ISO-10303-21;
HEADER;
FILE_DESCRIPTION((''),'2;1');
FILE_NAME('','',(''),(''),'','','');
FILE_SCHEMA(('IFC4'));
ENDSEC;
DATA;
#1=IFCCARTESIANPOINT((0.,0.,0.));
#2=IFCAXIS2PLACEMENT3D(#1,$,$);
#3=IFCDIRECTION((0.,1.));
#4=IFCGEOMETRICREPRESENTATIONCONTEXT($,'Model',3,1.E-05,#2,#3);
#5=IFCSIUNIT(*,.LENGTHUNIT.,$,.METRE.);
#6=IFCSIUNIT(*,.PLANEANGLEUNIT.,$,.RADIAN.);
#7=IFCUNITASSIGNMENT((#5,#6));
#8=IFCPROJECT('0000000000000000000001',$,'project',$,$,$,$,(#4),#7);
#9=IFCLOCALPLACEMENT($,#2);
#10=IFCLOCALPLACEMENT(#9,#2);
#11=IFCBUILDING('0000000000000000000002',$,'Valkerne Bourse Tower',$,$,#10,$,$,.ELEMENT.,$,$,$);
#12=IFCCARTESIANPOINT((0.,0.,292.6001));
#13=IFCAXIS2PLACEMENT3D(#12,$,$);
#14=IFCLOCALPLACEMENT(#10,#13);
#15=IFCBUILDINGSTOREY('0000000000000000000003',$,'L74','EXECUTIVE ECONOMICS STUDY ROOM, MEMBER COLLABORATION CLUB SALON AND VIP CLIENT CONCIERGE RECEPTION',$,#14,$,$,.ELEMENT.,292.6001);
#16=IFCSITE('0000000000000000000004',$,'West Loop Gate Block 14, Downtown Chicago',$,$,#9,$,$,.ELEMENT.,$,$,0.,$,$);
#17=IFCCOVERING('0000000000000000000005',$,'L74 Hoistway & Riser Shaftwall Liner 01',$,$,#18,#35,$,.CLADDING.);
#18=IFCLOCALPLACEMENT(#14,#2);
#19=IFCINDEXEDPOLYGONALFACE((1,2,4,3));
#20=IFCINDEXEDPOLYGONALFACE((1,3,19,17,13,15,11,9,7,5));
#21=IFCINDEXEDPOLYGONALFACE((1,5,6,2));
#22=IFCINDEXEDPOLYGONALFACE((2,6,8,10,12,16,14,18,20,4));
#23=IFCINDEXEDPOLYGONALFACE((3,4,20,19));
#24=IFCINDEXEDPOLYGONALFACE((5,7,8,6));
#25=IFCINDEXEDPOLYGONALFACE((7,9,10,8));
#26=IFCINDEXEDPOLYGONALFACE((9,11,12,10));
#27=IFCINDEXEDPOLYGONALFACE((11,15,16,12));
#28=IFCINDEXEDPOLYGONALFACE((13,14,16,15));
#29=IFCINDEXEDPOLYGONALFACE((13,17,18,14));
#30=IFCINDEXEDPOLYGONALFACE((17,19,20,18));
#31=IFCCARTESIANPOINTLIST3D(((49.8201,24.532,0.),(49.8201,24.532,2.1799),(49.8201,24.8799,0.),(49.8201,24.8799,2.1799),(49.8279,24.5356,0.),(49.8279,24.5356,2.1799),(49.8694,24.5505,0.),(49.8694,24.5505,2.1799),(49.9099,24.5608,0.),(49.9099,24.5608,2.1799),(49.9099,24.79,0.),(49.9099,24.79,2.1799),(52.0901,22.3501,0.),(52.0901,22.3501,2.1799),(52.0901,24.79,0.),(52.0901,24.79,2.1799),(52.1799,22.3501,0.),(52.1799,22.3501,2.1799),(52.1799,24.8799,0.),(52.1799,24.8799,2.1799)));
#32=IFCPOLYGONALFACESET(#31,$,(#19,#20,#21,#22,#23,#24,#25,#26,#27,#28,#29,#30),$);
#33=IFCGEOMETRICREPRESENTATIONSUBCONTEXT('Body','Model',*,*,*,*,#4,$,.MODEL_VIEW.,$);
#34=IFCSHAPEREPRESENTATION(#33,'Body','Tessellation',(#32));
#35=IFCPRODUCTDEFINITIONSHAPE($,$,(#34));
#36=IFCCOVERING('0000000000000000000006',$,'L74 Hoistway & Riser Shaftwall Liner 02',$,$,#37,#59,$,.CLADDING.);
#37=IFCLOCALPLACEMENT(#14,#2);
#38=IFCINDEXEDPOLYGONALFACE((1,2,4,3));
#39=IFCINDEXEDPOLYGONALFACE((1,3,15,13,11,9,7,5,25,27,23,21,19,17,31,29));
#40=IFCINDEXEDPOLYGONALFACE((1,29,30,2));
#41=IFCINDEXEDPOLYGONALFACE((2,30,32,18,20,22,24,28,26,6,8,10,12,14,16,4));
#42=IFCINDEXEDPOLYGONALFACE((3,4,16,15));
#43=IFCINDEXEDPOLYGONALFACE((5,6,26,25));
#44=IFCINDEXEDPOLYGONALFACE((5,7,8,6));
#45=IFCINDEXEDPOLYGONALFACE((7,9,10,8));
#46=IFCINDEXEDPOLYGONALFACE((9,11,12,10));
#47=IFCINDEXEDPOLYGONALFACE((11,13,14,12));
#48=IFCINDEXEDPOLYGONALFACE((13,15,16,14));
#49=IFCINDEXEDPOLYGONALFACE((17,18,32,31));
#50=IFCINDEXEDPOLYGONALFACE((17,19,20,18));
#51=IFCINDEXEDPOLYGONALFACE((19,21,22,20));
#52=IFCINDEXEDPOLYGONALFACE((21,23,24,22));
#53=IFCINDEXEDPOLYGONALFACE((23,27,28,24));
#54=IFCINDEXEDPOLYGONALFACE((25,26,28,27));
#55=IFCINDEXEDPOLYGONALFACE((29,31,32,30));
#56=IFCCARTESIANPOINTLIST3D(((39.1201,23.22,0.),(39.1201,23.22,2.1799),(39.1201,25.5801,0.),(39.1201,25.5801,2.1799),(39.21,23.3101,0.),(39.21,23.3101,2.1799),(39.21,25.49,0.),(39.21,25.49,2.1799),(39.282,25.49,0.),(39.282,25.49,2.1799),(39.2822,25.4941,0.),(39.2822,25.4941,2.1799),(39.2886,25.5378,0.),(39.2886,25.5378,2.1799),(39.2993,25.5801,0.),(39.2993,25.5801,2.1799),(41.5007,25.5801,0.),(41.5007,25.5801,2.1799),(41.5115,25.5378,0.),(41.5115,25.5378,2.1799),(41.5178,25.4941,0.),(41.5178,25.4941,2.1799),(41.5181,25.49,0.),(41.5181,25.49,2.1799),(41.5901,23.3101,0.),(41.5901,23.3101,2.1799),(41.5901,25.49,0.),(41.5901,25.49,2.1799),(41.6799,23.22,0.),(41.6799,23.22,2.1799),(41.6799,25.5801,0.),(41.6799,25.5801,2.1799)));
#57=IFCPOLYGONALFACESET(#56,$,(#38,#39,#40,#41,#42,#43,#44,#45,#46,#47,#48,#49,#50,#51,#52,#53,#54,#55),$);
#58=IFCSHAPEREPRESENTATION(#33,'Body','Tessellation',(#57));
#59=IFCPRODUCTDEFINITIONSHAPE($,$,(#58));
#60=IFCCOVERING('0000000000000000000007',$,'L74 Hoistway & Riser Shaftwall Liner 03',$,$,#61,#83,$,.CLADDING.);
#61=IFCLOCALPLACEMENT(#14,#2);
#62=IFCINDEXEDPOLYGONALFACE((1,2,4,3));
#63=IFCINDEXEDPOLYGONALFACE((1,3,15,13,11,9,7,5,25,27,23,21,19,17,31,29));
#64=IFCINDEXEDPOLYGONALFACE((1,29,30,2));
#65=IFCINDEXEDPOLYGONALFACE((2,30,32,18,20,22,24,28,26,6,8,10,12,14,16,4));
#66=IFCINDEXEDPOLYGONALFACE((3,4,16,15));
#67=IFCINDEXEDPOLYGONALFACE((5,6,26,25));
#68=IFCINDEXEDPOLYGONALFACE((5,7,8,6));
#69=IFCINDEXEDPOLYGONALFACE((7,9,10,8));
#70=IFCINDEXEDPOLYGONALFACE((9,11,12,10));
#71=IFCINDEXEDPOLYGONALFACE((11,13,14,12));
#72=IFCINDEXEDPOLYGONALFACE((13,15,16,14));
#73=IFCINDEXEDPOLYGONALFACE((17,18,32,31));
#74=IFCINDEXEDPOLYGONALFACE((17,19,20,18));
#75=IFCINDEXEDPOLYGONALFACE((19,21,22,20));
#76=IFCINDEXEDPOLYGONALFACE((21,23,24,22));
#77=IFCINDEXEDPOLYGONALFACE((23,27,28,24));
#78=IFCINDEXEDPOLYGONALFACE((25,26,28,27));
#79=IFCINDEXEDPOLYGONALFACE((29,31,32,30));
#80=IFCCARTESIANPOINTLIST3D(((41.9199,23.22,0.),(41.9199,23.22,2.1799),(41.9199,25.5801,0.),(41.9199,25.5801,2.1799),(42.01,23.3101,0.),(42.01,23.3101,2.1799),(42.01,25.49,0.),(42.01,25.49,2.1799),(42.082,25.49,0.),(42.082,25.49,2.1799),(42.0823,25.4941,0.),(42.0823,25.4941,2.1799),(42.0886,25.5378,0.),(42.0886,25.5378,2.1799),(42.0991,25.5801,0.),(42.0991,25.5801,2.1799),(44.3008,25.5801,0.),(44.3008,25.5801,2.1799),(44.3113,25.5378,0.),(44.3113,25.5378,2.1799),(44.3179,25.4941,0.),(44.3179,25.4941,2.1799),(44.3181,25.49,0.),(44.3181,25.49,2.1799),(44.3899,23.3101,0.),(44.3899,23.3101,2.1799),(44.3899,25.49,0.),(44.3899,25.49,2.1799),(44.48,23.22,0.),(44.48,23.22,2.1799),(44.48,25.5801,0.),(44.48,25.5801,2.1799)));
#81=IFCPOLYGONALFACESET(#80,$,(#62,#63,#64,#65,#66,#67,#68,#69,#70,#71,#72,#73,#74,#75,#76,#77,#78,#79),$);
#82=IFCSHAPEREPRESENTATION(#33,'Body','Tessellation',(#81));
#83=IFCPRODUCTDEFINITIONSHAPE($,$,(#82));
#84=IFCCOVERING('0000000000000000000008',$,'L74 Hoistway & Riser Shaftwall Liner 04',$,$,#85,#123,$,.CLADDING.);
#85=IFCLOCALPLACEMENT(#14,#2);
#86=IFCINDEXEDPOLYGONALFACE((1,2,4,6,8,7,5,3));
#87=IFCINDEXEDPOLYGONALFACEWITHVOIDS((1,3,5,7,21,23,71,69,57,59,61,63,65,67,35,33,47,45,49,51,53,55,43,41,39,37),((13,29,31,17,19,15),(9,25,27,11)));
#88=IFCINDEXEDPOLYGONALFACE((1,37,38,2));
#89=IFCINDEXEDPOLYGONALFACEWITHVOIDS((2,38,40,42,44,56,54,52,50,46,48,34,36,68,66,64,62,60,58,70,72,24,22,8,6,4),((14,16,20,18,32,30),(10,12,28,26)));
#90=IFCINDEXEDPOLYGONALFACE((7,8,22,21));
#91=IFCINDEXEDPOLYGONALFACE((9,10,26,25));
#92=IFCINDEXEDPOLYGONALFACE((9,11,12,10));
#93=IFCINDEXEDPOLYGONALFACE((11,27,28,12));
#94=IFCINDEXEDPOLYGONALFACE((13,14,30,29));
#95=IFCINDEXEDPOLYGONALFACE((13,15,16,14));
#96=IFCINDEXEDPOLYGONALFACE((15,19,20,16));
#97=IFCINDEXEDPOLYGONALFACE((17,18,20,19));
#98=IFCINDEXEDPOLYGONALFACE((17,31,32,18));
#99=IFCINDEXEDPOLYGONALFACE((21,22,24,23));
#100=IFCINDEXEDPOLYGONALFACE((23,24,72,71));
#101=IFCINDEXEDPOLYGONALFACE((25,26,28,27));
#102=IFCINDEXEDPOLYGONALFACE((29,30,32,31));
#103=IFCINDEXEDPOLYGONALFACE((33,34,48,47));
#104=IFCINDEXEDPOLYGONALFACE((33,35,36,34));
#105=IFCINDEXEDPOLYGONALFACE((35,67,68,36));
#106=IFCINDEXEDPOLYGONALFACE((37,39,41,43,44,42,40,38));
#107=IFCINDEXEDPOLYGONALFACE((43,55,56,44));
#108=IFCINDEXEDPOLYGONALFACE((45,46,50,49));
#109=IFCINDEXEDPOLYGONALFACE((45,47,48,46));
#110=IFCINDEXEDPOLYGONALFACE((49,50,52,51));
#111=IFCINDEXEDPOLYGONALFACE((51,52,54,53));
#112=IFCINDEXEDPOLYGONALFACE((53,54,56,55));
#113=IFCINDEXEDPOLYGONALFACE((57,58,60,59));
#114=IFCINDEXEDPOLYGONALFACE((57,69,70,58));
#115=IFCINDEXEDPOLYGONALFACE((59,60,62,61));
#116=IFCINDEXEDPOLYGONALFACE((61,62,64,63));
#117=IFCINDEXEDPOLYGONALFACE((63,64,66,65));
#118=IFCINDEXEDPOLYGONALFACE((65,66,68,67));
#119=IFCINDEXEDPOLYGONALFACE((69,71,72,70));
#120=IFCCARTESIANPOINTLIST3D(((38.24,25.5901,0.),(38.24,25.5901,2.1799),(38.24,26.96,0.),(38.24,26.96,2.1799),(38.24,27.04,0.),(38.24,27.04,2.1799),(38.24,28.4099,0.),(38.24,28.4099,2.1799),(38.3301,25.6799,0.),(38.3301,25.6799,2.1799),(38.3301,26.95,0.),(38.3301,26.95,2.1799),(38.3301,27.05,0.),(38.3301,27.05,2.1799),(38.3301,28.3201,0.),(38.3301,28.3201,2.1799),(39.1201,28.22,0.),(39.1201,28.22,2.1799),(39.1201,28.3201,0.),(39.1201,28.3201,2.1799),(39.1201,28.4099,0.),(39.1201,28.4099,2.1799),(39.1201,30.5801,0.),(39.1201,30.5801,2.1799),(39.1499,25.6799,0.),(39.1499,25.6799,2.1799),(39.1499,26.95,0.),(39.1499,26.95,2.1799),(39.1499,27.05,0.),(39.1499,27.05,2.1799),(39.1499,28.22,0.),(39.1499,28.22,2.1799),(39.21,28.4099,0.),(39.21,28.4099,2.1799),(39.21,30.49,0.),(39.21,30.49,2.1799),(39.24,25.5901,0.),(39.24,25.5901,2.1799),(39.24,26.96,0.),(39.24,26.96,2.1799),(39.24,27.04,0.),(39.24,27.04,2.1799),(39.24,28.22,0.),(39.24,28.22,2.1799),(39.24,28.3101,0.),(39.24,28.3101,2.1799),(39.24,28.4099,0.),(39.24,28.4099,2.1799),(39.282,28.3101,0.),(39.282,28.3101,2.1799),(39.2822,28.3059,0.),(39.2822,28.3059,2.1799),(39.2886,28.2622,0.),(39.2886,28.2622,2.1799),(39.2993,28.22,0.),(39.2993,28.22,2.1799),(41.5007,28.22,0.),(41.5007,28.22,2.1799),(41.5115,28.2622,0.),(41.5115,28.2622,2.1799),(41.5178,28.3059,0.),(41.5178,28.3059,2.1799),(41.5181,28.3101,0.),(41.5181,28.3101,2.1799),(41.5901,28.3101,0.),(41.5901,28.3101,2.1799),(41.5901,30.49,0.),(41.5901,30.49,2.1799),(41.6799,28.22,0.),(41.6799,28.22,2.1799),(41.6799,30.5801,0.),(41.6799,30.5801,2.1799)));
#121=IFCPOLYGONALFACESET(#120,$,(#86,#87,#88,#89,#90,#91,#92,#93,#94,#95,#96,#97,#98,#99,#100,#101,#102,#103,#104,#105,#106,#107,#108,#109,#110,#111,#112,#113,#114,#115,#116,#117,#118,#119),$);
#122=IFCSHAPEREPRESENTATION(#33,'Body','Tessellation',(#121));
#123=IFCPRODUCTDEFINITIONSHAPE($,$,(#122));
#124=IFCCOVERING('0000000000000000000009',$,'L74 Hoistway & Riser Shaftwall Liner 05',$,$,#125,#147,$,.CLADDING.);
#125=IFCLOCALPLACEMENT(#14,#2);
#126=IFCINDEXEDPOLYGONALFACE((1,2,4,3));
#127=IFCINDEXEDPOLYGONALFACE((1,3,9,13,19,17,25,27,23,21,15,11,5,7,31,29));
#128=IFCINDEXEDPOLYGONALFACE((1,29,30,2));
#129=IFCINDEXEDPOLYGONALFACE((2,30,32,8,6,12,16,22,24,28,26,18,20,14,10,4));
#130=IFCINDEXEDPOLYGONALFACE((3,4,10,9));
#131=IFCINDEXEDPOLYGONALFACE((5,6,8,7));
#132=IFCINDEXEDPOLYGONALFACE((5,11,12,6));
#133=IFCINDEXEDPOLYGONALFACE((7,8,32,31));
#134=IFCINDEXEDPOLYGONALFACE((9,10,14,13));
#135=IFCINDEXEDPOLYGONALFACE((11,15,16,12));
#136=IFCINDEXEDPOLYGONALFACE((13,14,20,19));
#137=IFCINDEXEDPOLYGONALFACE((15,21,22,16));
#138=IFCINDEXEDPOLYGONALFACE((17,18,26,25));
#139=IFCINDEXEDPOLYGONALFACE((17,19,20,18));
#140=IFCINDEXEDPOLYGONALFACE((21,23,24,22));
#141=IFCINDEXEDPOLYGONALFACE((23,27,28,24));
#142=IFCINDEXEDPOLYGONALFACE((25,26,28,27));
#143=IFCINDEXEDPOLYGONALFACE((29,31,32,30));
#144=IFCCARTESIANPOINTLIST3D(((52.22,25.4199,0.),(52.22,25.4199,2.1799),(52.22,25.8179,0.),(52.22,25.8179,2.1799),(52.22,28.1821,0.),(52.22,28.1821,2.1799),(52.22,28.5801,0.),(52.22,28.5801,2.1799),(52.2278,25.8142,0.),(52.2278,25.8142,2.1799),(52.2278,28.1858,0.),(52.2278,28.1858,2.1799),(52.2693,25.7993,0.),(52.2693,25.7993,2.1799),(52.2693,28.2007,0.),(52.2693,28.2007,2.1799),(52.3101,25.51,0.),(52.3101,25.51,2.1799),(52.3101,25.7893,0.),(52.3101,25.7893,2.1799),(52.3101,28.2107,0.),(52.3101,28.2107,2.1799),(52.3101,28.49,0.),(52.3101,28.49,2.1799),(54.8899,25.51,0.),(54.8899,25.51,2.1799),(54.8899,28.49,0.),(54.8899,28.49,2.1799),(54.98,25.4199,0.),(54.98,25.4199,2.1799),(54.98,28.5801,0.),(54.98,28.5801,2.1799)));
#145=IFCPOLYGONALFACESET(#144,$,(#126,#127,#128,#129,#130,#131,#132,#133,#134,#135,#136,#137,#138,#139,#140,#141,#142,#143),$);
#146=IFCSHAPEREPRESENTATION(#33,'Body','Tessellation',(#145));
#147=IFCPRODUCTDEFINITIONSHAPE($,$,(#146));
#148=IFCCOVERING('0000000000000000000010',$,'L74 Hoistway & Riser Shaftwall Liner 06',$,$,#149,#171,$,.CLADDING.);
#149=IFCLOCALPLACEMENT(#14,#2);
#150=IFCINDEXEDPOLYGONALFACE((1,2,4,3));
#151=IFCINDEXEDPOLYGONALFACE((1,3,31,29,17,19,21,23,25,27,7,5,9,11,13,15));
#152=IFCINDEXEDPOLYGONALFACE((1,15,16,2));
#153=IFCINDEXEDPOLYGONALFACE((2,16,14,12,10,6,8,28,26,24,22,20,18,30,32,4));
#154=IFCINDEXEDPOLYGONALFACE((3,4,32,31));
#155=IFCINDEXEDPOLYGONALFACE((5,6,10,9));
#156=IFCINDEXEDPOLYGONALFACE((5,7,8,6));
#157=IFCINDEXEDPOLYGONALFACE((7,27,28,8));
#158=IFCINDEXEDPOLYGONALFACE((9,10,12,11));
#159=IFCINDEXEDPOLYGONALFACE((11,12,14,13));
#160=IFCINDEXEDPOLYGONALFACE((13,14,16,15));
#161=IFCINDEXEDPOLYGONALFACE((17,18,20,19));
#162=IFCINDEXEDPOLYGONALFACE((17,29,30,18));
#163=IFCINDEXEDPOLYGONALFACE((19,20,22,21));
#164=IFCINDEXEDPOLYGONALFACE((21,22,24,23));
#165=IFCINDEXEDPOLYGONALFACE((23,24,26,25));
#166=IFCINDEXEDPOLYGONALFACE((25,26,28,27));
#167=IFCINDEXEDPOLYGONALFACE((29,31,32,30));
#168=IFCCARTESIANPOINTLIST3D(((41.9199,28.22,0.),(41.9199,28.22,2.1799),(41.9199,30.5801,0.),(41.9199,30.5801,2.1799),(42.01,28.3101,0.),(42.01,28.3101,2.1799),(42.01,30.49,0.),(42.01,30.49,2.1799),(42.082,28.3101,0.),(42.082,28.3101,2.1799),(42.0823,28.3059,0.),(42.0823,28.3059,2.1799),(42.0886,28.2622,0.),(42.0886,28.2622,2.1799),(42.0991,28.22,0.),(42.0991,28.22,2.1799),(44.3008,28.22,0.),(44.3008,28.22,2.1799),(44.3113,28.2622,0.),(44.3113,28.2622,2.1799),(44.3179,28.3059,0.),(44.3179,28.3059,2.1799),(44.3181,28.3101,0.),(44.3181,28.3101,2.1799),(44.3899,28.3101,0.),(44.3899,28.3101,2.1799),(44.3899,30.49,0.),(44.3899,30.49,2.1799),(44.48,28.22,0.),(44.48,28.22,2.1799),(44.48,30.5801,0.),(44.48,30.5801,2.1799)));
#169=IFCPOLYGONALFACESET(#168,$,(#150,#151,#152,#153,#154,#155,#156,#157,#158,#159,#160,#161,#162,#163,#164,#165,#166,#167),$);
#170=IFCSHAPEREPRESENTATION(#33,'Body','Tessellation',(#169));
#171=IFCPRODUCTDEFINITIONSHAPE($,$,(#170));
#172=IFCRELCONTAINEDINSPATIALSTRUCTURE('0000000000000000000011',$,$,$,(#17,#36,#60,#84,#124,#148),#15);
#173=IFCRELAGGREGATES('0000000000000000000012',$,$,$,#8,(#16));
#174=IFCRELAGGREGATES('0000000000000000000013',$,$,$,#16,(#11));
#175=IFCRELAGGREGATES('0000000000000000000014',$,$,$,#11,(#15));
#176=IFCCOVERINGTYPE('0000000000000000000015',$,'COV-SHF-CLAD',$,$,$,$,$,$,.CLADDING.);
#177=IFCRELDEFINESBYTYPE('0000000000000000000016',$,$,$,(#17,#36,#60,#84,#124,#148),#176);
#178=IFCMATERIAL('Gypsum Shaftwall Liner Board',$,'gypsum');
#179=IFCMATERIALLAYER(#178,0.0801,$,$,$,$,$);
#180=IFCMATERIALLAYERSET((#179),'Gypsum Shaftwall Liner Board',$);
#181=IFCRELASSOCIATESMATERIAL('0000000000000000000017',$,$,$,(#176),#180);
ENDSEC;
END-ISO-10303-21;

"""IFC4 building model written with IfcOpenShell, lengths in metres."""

from ifc_helpers import new_model, si_unit, direction, frame, origin, place, context, subcontext, project, spatial, polyline, outline, extrude, material, layer, layer_set, type_object, element, save


model = new_model("IFC4")

# Units and contexts
model_context = context("Model", 3, precision=1e-05, world=origin(), true_north=direction((0.0, 1.0)))
body_context = subcontext(model_context, "Body", "Model", "MODEL_VIEW")
ifc_project = project(units=[si_unit("LENGTHUNIT", "METRE"), si_unit("PLANEANGLEUNIT", "RADIAN")], contexts=[model_context])

# Site, building, storey
site_placement = place(None, origin())
site = spatial("IfcSite", under=ifc_project, at=site_placement, Name="West Loop Gate Block 14, Downtown Chicago", CompositionType="ELEMENT", RefElevation=0.0)
building_placement = place(site_placement, origin())
building = spatial("IfcBuilding", under=site, at=building_placement, Name="Valkerne Bourse Tower", CompositionType="ELEMENT")
storey_placement = place(building_placement, frame((0.0, 0.0, 292.6001)))
storey = spatial("IfcBuildingStorey", under=building, at=storey_placement, Name="L74", Description="EXECUTIVE ECONOMICS STUDY ROOM, MEMBER COLLABORATION CLUB SALON AND VIP CLIENT CONCIERGE RECEPTION", CompositionType="ELEMENT", Elevation=292.6001)

# Coverings
ifc_material_1 = material(Name="Gypsum Shaftwall Liner Board", Category="gypsum")
ifc_layer_1 = layer(ifc_material_1, 0.0801)
ifc_layer_set_1 = layer_set([ifc_layer_1], Name="Gypsum Shaftwall Liner Board")
covering_type_1 = type_object("IfcCoveringType", Name="COV-SHF-CLAD", PredefinedType="CLADDING", material=ifc_layer_set_1)
covering_1_placement = place(storey_placement, origin())
element("IfcCovering", 1, at=covering_1_placement, inside=storey, type_object=covering_type_1, Name="L74 Hoistway & Riser Shaftwall Liner 01", PredefinedType="CLADDING", context=body_context, shape_type="SweptSolid", body=[
    extrude(outline(polyline([(52.1799, 24.8799), (52.1799, 22.3501), (52.0901, 22.3501), (52.0901, 24.79), (49.9099, 24.79), (49.9099, 24.5608), (49.8694, 24.5505), (49.8279, 24.5356), (49.8201, 24.532), (49.8201, 24.8799), (52.1799, 24.8799)])), origin(), (0.0, 0.0, 1.0), 2.1799),
])
covering_2_placement = place(storey_placement, origin())
element("IfcCovering", 2, at=covering_2_placement, inside=storey, type_object=covering_type_1, Name="L74 Hoistway & Riser Shaftwall Liner 02", PredefinedType="CLADDING", context=body_context, shape_type="SweptSolid", body=[
    extrude(outline(polyline([(39.2993, 25.5801), (39.2886, 25.5378), (39.2822, 25.4941), (39.282, 25.49), (39.21, 25.49), (39.21, 23.3101), (41.5901, 23.3101), (41.5901, 25.49), (41.5181, 25.49), (41.5178, 25.4941), (41.5115, 25.5378), (41.5007, 25.5801), (41.6799, 25.5801), (41.6799, 23.22), (39.1201, 23.22), (39.1201, 25.5801), (39.2993, 25.5801)])), origin(), (0.0, 0.0, 1.0), 2.1799),
])
covering_3_placement = place(storey_placement, origin())
element("IfcCovering", 3, at=covering_3_placement, inside=storey, type_object=covering_type_1, Name="L74 Hoistway & Riser Shaftwall Liner 03", PredefinedType="CLADDING", context=body_context, shape_type="SweptSolid", body=[
    extrude(outline(polyline([(42.0991, 25.5801), (42.0886, 25.5378), (42.0823, 25.4941), (42.082, 25.49), (42.01, 25.49), (42.01, 23.3101), (44.3899, 23.3101), (44.3899, 25.49), (44.3181, 25.49), (44.3179, 25.4941), (44.3113, 25.5378), (44.3008, 25.5801), (44.48, 25.5801), (44.48, 23.22), (41.9199, 23.22), (41.9199, 25.5801), (42.0991, 25.5801)])), origin(), (0.0, 0.0, 1.0), 2.1799),
])
covering_4_placement = place(storey_placement, origin())
element("IfcCovering", 4, at=covering_4_placement, inside=storey, type_object=covering_type_1, Name="L74 Hoistway & Riser Shaftwall Liner 04", PredefinedType="CLADDING", context=body_context, shape_type="SweptSolid", body=[
    extrude(outline(polyline([(38.24, 27.04), (38.24, 28.4099), (39.1201, 28.4099), (39.1201, 30.5801), (41.6799, 30.5801), (41.6799, 28.22), (41.5007, 28.22), (41.5115, 28.2622), (41.5178, 28.3059), (41.5181, 28.3101), (41.5901, 28.3101), (41.5901, 30.49), (39.21, 30.49), (39.21, 28.4099), (39.24, 28.4099), (39.24, 28.3101), (39.282, 28.3101), (39.2822, 28.3059), (39.2886, 28.2622), (39.2993, 28.22), (39.24, 28.22), (39.24, 27.04), (39.24, 26.96), (39.24, 25.5901), (38.24, 25.5901), (38.24, 26.96), (38.24, 27.04)]), holes=[polyline([(39.1499, 26.95), (38.3301, 26.95), (38.3301, 25.6799), (39.1499, 25.6799), (39.1499, 26.95)]), polyline([(39.1499, 28.22), (39.1201, 28.22), (39.1201, 28.3201), (38.3301, 28.3201), (38.3301, 27.05), (39.1499, 27.05), (39.1499, 28.22)])]), origin(), (0.0, 0.0, 1.0), 2.1799),
])
covering_5_placement = place(storey_placement, origin())
element("IfcCovering", 5, at=covering_5_placement, inside=storey, type_object=covering_type_1, Name="L74 Hoistway & Riser Shaftwall Liner 05", PredefinedType="CLADDING", context=body_context, shape_type="SweptSolid", body=[
    extrude(outline(polyline([(54.98, 28.5801), (54.98, 25.4199), (52.22, 25.4199), (52.22, 25.8179), (52.2278, 25.8142), (52.2693, 25.7993), (52.3101, 25.7893), (52.3101, 25.51), (54.8899, 25.51), (54.8899, 28.49), (52.3101, 28.49), (52.3101, 28.2107), (52.2693, 28.2007), (52.2278, 28.1858), (52.22, 28.1821), (52.22, 28.5801), (54.98, 28.5801)])), origin(), (0.0, 0.0, 1.0), 2.1799),
])
covering_6_placement = place(storey_placement, origin())
element("IfcCovering", 6, at=covering_6_placement, inside=storey, type_object=covering_type_1, Name="L74 Hoistway & Riser Shaftwall Liner 06", PredefinedType="CLADDING", context=body_context, shape_type="SweptSolid", body=[
    extrude(outline(polyline([(44.48, 28.22), (44.3008, 28.22), (44.3113, 28.2622), (44.3179, 28.3059), (44.3181, 28.3101), (44.3899, 28.3101), (44.3899, 30.49), (42.01, 30.49), (42.01, 28.3101), (42.082, 28.3101), (42.0823, 28.3059), (42.0886, 28.2622), (42.0991, 28.22), (41.9199, 28.22), (41.9199, 30.5801), (44.48, 30.5801), (44.48, 28.22)])), origin(), (0.0, 0.0, 1.0), 2.1799),
])

save(model, "model.ifc")
